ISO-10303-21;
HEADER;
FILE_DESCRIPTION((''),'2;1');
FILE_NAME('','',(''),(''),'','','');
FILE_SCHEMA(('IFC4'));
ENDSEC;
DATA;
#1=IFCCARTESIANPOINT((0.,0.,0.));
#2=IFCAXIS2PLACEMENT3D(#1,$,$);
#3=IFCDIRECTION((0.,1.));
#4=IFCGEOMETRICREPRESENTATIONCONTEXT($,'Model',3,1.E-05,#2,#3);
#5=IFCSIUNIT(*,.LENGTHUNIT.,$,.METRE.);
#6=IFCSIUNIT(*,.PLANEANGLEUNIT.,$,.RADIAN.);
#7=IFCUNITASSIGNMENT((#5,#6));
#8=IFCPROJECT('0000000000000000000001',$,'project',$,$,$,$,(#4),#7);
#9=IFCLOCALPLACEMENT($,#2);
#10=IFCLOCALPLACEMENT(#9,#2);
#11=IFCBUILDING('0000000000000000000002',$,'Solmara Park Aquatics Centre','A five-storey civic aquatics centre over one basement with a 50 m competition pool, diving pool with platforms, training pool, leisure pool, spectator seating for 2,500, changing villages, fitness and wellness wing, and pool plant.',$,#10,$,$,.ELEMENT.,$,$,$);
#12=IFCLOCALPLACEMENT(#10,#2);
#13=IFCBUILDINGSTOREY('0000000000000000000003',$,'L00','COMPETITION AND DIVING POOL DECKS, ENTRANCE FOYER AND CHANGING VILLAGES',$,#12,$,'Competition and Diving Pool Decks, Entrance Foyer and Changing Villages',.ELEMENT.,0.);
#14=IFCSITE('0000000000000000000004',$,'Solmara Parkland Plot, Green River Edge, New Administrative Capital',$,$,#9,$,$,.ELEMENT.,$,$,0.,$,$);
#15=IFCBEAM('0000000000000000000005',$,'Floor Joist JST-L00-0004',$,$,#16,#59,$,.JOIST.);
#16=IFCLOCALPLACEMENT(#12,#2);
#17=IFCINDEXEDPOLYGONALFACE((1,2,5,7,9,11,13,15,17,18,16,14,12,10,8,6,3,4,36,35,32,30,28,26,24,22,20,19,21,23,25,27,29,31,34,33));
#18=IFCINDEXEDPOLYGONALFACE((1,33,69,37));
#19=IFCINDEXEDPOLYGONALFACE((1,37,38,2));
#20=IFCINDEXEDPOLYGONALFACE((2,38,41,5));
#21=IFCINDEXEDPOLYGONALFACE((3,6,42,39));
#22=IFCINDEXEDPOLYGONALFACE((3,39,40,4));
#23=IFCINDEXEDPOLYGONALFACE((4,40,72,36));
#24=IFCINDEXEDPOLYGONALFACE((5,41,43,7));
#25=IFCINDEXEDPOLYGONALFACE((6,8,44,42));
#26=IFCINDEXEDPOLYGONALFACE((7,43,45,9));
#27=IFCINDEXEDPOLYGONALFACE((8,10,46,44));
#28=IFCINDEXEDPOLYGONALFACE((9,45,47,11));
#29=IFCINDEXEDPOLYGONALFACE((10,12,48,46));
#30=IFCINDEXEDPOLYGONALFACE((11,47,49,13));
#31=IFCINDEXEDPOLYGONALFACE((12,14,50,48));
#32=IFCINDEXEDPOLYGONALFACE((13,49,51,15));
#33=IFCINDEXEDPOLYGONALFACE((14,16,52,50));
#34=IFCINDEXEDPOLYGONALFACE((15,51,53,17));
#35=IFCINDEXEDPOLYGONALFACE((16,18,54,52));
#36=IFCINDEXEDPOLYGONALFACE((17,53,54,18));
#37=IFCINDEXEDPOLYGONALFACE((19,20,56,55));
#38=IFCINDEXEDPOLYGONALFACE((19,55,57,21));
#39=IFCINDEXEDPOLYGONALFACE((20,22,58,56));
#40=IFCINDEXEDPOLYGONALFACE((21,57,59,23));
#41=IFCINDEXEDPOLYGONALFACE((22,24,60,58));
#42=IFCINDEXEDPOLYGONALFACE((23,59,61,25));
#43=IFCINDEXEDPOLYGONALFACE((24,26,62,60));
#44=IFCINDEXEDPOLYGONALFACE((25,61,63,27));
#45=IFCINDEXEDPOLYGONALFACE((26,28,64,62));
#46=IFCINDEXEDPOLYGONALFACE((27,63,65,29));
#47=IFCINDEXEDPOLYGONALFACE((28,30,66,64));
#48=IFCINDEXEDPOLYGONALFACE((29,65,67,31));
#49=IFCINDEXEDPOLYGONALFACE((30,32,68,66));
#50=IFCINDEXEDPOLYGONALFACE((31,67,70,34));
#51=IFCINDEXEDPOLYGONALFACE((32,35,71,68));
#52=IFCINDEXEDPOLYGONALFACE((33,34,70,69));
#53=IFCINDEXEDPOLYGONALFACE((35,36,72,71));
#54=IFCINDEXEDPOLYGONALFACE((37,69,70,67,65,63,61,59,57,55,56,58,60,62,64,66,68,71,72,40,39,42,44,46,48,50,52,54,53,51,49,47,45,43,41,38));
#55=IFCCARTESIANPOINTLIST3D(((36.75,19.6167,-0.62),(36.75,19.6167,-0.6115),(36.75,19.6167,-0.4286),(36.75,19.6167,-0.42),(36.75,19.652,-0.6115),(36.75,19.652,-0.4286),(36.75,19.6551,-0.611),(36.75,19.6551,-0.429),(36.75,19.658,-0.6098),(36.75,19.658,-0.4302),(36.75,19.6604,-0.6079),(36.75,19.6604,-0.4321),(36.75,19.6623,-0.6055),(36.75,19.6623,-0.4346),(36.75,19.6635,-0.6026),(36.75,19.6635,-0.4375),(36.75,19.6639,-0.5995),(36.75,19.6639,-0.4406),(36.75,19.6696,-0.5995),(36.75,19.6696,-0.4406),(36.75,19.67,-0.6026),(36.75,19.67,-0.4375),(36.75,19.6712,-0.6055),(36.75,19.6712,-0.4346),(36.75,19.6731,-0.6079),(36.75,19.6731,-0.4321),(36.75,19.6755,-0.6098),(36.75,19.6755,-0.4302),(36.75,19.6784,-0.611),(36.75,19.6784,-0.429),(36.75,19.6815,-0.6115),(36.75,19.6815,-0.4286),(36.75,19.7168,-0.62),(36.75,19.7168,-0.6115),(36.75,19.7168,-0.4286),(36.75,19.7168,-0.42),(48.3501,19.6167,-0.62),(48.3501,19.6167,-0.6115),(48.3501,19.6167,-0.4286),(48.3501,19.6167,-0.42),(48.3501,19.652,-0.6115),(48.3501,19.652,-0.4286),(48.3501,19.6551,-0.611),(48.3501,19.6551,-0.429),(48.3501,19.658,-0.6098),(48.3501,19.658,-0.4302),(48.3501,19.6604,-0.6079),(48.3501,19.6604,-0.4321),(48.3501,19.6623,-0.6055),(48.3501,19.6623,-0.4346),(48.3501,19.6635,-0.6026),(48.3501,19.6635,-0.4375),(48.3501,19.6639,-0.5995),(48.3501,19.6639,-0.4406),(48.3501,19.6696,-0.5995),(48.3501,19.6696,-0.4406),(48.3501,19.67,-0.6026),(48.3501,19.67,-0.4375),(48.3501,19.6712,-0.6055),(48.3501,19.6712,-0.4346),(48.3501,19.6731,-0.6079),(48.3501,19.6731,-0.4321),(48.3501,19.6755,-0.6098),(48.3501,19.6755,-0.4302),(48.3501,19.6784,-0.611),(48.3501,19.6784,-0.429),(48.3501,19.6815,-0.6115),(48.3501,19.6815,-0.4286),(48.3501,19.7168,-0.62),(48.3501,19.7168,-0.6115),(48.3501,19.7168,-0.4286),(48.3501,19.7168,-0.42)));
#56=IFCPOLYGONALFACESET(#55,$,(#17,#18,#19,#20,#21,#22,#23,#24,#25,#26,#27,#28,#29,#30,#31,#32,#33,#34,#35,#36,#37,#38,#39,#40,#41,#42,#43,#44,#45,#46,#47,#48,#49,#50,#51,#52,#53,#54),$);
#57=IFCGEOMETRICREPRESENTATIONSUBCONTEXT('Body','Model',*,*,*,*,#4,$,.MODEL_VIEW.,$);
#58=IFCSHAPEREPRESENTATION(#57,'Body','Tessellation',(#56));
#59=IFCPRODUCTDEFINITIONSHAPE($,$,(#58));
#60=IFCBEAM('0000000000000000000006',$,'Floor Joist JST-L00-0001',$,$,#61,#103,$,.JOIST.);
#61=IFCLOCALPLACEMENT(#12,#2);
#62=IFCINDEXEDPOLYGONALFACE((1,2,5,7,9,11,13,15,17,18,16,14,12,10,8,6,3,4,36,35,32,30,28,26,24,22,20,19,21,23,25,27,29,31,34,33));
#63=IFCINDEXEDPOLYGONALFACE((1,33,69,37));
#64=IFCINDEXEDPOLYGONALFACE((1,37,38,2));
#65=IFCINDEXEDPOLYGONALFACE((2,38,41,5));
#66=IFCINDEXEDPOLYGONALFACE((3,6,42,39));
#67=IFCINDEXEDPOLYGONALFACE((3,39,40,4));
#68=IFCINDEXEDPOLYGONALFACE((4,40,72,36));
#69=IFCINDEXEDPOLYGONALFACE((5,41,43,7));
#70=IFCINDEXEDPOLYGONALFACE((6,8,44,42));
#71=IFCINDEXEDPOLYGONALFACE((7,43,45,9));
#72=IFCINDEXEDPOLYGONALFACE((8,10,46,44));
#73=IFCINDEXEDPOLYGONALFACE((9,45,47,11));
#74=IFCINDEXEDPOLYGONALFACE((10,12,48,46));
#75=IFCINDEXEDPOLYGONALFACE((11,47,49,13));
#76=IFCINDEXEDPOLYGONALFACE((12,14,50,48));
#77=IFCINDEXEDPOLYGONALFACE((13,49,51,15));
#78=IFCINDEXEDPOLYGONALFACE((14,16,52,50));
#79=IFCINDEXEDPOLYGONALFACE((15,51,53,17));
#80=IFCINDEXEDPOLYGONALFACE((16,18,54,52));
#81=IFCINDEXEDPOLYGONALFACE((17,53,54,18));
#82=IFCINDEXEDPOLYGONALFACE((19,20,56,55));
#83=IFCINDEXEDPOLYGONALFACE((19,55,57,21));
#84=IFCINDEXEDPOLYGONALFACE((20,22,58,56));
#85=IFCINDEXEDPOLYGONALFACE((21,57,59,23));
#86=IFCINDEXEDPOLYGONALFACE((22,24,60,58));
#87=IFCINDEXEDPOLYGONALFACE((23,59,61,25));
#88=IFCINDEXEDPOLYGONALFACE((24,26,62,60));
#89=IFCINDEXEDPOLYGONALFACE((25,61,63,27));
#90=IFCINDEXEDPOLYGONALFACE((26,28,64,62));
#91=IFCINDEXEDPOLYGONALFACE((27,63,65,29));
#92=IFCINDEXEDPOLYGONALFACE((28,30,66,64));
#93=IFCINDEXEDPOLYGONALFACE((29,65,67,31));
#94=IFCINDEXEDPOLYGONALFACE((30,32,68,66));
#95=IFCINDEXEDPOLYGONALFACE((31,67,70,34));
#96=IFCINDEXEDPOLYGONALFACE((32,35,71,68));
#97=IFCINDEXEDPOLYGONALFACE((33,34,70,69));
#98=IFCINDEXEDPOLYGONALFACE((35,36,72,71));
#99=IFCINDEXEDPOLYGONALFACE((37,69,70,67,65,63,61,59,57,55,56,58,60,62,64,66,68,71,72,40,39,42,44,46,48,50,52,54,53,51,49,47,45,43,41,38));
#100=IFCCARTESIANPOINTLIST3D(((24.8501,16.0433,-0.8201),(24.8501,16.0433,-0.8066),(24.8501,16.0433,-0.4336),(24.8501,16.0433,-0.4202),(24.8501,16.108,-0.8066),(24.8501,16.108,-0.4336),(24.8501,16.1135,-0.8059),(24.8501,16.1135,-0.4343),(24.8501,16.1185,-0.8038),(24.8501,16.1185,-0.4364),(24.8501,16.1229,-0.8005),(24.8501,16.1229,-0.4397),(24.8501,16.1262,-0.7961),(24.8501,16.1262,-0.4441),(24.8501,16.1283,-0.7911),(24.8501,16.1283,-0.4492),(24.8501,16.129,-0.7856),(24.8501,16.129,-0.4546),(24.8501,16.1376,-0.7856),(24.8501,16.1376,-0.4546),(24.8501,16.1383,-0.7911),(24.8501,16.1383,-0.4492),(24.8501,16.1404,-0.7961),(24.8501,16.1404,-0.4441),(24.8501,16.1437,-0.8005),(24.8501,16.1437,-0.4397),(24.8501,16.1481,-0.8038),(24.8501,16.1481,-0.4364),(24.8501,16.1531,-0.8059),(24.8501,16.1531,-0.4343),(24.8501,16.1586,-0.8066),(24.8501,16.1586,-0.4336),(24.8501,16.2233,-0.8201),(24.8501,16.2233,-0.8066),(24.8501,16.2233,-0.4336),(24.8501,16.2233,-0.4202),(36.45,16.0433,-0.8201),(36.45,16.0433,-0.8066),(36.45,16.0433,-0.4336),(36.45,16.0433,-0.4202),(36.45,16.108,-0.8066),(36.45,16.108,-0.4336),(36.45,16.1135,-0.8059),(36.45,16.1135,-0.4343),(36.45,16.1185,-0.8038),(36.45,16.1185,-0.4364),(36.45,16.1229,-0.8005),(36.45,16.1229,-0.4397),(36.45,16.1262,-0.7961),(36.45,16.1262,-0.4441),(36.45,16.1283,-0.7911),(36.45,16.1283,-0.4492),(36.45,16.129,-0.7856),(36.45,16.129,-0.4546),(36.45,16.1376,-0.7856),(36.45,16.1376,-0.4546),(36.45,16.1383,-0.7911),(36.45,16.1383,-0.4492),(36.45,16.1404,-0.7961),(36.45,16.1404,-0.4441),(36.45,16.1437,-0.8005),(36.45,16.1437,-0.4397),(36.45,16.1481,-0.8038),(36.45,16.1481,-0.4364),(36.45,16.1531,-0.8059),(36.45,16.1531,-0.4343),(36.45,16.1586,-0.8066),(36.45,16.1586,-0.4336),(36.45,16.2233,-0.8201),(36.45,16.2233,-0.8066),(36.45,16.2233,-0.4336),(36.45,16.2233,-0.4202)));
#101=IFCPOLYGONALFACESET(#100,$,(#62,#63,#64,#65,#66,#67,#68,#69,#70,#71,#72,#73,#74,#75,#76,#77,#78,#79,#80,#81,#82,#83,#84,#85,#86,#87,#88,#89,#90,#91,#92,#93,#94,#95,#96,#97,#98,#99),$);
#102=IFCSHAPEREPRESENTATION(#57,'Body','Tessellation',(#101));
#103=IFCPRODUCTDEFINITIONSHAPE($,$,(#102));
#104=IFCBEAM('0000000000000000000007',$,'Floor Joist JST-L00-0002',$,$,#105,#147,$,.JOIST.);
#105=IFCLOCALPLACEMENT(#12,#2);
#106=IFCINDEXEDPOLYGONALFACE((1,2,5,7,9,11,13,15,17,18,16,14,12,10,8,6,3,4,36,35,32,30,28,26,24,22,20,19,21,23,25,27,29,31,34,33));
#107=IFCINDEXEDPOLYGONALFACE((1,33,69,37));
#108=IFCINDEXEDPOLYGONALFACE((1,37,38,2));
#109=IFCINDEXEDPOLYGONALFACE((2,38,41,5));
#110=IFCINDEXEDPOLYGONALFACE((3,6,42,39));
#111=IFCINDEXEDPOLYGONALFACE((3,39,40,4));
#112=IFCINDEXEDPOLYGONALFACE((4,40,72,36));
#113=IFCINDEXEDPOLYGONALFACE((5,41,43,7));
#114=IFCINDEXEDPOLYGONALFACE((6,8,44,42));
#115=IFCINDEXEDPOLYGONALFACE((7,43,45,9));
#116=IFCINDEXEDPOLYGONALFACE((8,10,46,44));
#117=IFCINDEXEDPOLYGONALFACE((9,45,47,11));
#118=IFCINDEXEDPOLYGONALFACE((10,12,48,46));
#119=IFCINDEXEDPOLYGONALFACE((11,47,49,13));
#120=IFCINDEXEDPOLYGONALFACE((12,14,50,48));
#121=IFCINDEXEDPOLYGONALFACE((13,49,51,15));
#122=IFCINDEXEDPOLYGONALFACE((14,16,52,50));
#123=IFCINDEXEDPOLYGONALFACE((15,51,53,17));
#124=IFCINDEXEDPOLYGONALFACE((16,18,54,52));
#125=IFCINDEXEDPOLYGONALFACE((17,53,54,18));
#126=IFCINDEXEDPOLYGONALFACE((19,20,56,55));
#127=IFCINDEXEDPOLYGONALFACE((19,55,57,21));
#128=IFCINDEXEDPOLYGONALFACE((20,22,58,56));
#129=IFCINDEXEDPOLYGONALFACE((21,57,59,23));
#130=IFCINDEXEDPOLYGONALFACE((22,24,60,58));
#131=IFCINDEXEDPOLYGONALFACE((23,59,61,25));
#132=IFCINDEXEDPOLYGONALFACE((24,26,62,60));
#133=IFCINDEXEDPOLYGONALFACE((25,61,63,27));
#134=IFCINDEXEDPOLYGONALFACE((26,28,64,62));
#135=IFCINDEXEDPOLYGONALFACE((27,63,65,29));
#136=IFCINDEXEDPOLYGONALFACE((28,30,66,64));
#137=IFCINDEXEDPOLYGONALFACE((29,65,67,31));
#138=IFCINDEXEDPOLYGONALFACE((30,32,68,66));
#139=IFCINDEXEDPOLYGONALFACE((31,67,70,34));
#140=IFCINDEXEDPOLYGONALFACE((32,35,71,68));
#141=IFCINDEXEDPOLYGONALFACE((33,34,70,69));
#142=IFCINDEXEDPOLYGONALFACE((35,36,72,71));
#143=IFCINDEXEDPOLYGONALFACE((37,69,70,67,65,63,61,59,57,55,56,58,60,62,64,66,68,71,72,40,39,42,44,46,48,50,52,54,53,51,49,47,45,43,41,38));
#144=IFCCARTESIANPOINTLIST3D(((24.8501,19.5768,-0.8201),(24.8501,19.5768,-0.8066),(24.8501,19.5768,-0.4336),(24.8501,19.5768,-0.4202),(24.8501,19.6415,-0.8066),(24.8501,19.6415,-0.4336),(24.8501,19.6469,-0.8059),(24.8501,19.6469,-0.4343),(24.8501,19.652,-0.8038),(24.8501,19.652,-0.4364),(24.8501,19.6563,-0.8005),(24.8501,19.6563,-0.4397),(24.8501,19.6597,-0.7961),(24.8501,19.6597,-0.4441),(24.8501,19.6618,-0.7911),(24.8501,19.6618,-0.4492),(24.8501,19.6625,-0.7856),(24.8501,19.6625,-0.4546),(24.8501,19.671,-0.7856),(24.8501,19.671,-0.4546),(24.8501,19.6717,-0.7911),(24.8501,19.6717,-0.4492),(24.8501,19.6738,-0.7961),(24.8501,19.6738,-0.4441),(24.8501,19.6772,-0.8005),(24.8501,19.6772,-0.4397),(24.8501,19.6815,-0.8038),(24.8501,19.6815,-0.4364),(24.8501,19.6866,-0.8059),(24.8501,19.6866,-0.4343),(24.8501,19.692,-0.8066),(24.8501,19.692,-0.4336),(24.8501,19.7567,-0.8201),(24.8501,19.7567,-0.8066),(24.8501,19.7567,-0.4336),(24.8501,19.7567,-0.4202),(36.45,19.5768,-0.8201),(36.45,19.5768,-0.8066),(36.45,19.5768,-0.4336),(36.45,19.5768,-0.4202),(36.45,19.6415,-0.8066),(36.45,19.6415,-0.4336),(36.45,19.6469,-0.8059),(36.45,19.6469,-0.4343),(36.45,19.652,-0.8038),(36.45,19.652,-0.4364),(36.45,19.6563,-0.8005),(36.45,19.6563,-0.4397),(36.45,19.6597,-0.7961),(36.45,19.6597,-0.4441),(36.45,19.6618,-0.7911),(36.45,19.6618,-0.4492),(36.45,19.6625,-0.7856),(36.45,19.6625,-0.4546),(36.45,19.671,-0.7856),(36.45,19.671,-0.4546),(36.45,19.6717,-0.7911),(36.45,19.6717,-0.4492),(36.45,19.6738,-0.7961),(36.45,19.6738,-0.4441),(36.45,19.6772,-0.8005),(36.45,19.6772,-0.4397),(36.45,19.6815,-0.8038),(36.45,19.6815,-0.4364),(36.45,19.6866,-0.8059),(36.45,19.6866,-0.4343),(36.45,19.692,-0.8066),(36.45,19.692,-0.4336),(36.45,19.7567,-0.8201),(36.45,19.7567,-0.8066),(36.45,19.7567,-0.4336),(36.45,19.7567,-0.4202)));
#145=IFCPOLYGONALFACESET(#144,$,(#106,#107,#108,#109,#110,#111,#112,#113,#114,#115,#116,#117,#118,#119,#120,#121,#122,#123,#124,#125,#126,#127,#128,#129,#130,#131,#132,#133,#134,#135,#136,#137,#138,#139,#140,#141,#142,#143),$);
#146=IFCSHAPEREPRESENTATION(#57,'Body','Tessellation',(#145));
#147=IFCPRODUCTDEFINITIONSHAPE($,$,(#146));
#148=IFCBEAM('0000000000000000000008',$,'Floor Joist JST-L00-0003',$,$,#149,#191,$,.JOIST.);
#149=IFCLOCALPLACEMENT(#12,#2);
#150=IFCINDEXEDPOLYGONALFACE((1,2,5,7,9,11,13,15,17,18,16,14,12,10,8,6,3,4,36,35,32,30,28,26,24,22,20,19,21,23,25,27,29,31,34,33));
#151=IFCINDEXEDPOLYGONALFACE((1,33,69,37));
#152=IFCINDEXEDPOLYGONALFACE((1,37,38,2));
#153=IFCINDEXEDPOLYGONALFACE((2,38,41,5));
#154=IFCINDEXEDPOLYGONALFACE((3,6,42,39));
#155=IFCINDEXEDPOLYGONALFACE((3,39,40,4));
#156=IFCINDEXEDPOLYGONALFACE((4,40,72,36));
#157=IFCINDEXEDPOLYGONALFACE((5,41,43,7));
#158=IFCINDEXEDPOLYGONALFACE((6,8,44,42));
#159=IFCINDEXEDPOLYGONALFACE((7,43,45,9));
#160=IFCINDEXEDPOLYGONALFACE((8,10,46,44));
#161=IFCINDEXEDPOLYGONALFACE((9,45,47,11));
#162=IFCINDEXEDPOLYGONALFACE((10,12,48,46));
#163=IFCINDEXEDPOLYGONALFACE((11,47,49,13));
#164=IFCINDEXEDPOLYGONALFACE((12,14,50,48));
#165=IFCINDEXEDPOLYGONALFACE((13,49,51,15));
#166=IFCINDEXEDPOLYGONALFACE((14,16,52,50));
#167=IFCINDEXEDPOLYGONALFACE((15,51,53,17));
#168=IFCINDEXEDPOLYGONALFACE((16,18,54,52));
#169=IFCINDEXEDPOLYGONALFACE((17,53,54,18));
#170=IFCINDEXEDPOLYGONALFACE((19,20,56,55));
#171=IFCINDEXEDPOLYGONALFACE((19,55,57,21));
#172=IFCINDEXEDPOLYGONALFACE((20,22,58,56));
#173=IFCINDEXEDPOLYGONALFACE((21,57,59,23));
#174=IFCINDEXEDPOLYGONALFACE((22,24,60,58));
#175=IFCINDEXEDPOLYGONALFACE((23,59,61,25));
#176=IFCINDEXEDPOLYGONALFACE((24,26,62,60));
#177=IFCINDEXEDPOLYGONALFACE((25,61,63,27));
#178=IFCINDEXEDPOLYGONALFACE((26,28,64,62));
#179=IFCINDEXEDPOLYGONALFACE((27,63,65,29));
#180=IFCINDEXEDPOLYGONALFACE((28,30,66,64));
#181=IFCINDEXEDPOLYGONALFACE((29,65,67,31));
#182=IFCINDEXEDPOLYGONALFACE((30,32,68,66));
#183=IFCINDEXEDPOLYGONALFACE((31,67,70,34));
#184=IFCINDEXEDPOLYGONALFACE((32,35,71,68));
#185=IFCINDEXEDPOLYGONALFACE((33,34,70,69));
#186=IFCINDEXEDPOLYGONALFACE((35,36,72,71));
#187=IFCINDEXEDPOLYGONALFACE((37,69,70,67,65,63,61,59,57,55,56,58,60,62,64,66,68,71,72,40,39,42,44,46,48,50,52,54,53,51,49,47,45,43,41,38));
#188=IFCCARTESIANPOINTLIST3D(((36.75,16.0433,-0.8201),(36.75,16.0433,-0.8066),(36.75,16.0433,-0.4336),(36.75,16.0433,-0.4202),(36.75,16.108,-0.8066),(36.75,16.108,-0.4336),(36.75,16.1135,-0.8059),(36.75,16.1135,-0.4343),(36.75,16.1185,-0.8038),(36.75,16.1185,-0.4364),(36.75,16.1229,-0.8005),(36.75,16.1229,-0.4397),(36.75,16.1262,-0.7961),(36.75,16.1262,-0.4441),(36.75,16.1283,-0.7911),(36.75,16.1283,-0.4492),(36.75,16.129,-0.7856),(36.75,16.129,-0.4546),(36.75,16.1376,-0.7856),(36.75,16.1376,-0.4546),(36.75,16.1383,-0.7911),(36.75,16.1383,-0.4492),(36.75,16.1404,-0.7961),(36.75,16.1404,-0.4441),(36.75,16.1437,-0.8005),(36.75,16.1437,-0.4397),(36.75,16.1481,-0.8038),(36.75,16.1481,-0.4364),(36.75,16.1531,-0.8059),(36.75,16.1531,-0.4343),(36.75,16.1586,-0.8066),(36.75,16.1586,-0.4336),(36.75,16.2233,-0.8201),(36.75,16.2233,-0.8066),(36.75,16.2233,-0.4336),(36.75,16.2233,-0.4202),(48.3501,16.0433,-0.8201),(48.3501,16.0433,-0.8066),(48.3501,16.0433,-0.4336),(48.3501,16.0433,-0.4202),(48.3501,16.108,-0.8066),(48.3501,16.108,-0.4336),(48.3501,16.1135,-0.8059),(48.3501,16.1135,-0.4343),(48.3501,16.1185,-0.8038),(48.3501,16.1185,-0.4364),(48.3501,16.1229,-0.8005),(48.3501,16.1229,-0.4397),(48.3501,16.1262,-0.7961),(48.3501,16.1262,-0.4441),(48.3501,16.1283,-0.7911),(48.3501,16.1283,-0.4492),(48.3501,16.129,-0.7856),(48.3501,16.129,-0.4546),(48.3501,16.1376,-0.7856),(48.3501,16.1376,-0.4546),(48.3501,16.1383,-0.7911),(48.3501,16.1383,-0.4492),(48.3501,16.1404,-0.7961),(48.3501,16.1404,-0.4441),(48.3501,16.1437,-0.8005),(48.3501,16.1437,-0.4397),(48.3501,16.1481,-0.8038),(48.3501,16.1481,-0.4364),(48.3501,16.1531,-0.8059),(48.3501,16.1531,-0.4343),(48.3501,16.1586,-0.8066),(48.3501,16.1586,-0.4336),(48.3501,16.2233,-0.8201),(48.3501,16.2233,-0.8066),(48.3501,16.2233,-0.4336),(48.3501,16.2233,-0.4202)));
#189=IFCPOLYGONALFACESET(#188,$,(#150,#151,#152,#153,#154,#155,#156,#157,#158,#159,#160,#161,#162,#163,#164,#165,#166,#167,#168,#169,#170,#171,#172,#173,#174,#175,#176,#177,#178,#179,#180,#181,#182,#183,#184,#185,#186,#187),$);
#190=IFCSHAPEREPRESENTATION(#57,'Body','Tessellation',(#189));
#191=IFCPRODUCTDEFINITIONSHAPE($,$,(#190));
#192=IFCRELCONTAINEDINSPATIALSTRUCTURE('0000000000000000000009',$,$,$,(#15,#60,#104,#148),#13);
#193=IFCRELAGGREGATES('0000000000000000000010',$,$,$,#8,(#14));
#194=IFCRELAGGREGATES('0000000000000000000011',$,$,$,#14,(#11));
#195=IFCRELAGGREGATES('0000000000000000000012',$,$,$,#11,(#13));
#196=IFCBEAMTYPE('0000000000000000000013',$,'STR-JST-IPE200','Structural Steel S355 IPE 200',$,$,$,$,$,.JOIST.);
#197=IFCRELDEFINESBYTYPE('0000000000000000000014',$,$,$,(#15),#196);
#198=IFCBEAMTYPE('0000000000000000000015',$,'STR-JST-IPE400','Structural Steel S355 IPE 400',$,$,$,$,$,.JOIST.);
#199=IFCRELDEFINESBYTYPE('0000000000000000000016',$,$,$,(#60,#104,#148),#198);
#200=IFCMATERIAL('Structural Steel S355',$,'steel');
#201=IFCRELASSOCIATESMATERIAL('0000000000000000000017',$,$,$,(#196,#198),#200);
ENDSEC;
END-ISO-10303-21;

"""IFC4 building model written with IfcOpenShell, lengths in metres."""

from ifc_helpers import new_model, si_unit, direction, frame, origin, origin_2d, place, context, subcontext, project, spatial, i_section, extrude, material, material_profile, profile_set, type_object, element, save


model = new_model("IFC4")

# Units and contexts
model_context = context("Model", 3, precision=1e-05, world=origin(), true_north=direction((0.0, 1.0)))
body_context = subcontext(model_context, "Body", "Model", "MODEL_VIEW")
ifc_project = project(units=[si_unit("LENGTHUNIT", "METRE"), si_unit("PLANEANGLEUNIT", "RADIAN")], contexts=[model_context])

# Site, building, storey
site_placement = place(None, origin())
site = spatial("IfcSite", under=ifc_project, at=site_placement, Name="Solmara Parkland Plot, Green River Edge, New Administrative Capital", CompositionType="ELEMENT", RefElevation=0.0)
building_placement = place(site_placement, origin())
building = spatial("IfcBuilding", under=site, at=building_placement, Name="Solmara Park Aquatics Centre", Description="A five-storey civic aquatics centre over one basement with a 50 m competition pool, diving pool with platforms, training pool, leisure pool, spectator seating for 2,500, changing villages, fitness and wellness wing, and pool plant.", CompositionType="ELEMENT")
storey_placement = place(building_placement, origin())
storey = spatial("IfcBuildingStorey", under=building, at=storey_placement, Name="L00", Description="COMPETITION AND DIVING POOL DECKS, ENTRANCE FOYER AND CHANGING VILLAGES", LongName="Competition and Diving Pool Decks, Entrance Foyer and Changing Villages", CompositionType="ELEMENT", Elevation=0.0)

# Shared definitions
ifc_material_1 = material(Name="Structural Steel S355", Category="steel")

# Beams
ifc_material_profile_1 = material_profile(ifc_material_1, i_section(OverallWidth=0.1001, OverallDepth=0.2, WebThickness=0.0056, FlangeThickness=0.0085, FilletRadius=0.012, at=origin_2d()), Name="IPE 200")
ifc_profile_set_1 = profile_set([ifc_material_profile_1], Name="Structural Steel S355")
beam_type_1 = type_object("IfcBeamType", Name="STR-JST-IPE200", Description="Structural Steel S355 IPE 200", PredefinedType="JOIST", material=ifc_profile_set_1)
beam_1_placement = place(storey_placement, frame((36.75, 19.6667, -0.52), z_axis=(1.0, 0.0, 0.0), x_axis=(0.0, 1.0, 0.0)))
element("IfcBeam", 1, at=beam_1_placement, inside=storey, type_object=beam_type_1, Name="Floor Joist JST-L00-0004", PredefinedType="JOIST", context=body_context, shape_type="SweptSolid", body=[
    extrude(i_section(OverallWidth=0.1001, OverallDepth=0.2, WebThickness=0.0056, FlangeThickness=0.0085, FilletRadius=0.012, at=origin_2d()), origin(), (0.0, 0.0, 1.0), 11.6001),
])
ifc_material_profile_2 = material_profile(ifc_material_1, i_section(OverallWidth=0.1799, OverallDepth=0.3999, WebThickness=0.0085, FlangeThickness=0.0134, FilletRadius=0.021, at=origin_2d()), Name="IPE 400")
ifc_profile_set_2 = profile_set([ifc_material_profile_2], Name="Structural Steel S355")
beam_type_2 = type_object("IfcBeamType", Name="STR-JST-IPE400", Description="Structural Steel S355 IPE 400", PredefinedType="JOIST", material=ifc_profile_set_2)
for number, where, z_axis, x_axis, name in (
    (2, (24.8501, 16.1333, -0.6201), (1.0, 0.0, 0.0), (0.0, 1.0, 0.0), "Floor Joist JST-L00-0001"),
    (3, (24.8501, 19.6667, -0.6201), (1.0, 0.0, 0.0), (0.0, 1.0, 0.0), "Floor Joist JST-L00-0002"),
):
    element("IfcBeam", number, at=place(storey_placement, frame(where, z_axis=z_axis, x_axis=x_axis)), inside=storey, type_object=beam_type_2, Name=name, PredefinedType="JOIST", context=body_context, shape_type="SweptSolid", body=[
        extrude(i_section(OverallWidth=0.1799, OverallDepth=0.3999, WebThickness=0.0085, FlangeThickness=0.0134, FilletRadius=0.021, at=origin_2d()), origin(), (0.0, 0.0, 1.0), 11.5999),
    ])
beam_2_placement = place(storey_placement, frame((36.75, 16.1333, -0.6201), z_axis=(1.0, 0.0, 0.0), x_axis=(0.0, 1.0, 0.0)))
element("IfcBeam", 4, at=beam_2_placement, inside=storey, type_object=beam_type_2, Name="Floor Joist JST-L00-0003", PredefinedType="JOIST", context=body_context, shape_type="SweptSolid", body=[
    extrude(i_section(OverallWidth=0.1799, OverallDepth=0.3999, WebThickness=0.0085, FlangeThickness=0.0134, FilletRadius=0.021, at=origin_2d()), origin(), (0.0, 0.0, 1.0), 11.6001),
])

save(model, "model.ifc")
